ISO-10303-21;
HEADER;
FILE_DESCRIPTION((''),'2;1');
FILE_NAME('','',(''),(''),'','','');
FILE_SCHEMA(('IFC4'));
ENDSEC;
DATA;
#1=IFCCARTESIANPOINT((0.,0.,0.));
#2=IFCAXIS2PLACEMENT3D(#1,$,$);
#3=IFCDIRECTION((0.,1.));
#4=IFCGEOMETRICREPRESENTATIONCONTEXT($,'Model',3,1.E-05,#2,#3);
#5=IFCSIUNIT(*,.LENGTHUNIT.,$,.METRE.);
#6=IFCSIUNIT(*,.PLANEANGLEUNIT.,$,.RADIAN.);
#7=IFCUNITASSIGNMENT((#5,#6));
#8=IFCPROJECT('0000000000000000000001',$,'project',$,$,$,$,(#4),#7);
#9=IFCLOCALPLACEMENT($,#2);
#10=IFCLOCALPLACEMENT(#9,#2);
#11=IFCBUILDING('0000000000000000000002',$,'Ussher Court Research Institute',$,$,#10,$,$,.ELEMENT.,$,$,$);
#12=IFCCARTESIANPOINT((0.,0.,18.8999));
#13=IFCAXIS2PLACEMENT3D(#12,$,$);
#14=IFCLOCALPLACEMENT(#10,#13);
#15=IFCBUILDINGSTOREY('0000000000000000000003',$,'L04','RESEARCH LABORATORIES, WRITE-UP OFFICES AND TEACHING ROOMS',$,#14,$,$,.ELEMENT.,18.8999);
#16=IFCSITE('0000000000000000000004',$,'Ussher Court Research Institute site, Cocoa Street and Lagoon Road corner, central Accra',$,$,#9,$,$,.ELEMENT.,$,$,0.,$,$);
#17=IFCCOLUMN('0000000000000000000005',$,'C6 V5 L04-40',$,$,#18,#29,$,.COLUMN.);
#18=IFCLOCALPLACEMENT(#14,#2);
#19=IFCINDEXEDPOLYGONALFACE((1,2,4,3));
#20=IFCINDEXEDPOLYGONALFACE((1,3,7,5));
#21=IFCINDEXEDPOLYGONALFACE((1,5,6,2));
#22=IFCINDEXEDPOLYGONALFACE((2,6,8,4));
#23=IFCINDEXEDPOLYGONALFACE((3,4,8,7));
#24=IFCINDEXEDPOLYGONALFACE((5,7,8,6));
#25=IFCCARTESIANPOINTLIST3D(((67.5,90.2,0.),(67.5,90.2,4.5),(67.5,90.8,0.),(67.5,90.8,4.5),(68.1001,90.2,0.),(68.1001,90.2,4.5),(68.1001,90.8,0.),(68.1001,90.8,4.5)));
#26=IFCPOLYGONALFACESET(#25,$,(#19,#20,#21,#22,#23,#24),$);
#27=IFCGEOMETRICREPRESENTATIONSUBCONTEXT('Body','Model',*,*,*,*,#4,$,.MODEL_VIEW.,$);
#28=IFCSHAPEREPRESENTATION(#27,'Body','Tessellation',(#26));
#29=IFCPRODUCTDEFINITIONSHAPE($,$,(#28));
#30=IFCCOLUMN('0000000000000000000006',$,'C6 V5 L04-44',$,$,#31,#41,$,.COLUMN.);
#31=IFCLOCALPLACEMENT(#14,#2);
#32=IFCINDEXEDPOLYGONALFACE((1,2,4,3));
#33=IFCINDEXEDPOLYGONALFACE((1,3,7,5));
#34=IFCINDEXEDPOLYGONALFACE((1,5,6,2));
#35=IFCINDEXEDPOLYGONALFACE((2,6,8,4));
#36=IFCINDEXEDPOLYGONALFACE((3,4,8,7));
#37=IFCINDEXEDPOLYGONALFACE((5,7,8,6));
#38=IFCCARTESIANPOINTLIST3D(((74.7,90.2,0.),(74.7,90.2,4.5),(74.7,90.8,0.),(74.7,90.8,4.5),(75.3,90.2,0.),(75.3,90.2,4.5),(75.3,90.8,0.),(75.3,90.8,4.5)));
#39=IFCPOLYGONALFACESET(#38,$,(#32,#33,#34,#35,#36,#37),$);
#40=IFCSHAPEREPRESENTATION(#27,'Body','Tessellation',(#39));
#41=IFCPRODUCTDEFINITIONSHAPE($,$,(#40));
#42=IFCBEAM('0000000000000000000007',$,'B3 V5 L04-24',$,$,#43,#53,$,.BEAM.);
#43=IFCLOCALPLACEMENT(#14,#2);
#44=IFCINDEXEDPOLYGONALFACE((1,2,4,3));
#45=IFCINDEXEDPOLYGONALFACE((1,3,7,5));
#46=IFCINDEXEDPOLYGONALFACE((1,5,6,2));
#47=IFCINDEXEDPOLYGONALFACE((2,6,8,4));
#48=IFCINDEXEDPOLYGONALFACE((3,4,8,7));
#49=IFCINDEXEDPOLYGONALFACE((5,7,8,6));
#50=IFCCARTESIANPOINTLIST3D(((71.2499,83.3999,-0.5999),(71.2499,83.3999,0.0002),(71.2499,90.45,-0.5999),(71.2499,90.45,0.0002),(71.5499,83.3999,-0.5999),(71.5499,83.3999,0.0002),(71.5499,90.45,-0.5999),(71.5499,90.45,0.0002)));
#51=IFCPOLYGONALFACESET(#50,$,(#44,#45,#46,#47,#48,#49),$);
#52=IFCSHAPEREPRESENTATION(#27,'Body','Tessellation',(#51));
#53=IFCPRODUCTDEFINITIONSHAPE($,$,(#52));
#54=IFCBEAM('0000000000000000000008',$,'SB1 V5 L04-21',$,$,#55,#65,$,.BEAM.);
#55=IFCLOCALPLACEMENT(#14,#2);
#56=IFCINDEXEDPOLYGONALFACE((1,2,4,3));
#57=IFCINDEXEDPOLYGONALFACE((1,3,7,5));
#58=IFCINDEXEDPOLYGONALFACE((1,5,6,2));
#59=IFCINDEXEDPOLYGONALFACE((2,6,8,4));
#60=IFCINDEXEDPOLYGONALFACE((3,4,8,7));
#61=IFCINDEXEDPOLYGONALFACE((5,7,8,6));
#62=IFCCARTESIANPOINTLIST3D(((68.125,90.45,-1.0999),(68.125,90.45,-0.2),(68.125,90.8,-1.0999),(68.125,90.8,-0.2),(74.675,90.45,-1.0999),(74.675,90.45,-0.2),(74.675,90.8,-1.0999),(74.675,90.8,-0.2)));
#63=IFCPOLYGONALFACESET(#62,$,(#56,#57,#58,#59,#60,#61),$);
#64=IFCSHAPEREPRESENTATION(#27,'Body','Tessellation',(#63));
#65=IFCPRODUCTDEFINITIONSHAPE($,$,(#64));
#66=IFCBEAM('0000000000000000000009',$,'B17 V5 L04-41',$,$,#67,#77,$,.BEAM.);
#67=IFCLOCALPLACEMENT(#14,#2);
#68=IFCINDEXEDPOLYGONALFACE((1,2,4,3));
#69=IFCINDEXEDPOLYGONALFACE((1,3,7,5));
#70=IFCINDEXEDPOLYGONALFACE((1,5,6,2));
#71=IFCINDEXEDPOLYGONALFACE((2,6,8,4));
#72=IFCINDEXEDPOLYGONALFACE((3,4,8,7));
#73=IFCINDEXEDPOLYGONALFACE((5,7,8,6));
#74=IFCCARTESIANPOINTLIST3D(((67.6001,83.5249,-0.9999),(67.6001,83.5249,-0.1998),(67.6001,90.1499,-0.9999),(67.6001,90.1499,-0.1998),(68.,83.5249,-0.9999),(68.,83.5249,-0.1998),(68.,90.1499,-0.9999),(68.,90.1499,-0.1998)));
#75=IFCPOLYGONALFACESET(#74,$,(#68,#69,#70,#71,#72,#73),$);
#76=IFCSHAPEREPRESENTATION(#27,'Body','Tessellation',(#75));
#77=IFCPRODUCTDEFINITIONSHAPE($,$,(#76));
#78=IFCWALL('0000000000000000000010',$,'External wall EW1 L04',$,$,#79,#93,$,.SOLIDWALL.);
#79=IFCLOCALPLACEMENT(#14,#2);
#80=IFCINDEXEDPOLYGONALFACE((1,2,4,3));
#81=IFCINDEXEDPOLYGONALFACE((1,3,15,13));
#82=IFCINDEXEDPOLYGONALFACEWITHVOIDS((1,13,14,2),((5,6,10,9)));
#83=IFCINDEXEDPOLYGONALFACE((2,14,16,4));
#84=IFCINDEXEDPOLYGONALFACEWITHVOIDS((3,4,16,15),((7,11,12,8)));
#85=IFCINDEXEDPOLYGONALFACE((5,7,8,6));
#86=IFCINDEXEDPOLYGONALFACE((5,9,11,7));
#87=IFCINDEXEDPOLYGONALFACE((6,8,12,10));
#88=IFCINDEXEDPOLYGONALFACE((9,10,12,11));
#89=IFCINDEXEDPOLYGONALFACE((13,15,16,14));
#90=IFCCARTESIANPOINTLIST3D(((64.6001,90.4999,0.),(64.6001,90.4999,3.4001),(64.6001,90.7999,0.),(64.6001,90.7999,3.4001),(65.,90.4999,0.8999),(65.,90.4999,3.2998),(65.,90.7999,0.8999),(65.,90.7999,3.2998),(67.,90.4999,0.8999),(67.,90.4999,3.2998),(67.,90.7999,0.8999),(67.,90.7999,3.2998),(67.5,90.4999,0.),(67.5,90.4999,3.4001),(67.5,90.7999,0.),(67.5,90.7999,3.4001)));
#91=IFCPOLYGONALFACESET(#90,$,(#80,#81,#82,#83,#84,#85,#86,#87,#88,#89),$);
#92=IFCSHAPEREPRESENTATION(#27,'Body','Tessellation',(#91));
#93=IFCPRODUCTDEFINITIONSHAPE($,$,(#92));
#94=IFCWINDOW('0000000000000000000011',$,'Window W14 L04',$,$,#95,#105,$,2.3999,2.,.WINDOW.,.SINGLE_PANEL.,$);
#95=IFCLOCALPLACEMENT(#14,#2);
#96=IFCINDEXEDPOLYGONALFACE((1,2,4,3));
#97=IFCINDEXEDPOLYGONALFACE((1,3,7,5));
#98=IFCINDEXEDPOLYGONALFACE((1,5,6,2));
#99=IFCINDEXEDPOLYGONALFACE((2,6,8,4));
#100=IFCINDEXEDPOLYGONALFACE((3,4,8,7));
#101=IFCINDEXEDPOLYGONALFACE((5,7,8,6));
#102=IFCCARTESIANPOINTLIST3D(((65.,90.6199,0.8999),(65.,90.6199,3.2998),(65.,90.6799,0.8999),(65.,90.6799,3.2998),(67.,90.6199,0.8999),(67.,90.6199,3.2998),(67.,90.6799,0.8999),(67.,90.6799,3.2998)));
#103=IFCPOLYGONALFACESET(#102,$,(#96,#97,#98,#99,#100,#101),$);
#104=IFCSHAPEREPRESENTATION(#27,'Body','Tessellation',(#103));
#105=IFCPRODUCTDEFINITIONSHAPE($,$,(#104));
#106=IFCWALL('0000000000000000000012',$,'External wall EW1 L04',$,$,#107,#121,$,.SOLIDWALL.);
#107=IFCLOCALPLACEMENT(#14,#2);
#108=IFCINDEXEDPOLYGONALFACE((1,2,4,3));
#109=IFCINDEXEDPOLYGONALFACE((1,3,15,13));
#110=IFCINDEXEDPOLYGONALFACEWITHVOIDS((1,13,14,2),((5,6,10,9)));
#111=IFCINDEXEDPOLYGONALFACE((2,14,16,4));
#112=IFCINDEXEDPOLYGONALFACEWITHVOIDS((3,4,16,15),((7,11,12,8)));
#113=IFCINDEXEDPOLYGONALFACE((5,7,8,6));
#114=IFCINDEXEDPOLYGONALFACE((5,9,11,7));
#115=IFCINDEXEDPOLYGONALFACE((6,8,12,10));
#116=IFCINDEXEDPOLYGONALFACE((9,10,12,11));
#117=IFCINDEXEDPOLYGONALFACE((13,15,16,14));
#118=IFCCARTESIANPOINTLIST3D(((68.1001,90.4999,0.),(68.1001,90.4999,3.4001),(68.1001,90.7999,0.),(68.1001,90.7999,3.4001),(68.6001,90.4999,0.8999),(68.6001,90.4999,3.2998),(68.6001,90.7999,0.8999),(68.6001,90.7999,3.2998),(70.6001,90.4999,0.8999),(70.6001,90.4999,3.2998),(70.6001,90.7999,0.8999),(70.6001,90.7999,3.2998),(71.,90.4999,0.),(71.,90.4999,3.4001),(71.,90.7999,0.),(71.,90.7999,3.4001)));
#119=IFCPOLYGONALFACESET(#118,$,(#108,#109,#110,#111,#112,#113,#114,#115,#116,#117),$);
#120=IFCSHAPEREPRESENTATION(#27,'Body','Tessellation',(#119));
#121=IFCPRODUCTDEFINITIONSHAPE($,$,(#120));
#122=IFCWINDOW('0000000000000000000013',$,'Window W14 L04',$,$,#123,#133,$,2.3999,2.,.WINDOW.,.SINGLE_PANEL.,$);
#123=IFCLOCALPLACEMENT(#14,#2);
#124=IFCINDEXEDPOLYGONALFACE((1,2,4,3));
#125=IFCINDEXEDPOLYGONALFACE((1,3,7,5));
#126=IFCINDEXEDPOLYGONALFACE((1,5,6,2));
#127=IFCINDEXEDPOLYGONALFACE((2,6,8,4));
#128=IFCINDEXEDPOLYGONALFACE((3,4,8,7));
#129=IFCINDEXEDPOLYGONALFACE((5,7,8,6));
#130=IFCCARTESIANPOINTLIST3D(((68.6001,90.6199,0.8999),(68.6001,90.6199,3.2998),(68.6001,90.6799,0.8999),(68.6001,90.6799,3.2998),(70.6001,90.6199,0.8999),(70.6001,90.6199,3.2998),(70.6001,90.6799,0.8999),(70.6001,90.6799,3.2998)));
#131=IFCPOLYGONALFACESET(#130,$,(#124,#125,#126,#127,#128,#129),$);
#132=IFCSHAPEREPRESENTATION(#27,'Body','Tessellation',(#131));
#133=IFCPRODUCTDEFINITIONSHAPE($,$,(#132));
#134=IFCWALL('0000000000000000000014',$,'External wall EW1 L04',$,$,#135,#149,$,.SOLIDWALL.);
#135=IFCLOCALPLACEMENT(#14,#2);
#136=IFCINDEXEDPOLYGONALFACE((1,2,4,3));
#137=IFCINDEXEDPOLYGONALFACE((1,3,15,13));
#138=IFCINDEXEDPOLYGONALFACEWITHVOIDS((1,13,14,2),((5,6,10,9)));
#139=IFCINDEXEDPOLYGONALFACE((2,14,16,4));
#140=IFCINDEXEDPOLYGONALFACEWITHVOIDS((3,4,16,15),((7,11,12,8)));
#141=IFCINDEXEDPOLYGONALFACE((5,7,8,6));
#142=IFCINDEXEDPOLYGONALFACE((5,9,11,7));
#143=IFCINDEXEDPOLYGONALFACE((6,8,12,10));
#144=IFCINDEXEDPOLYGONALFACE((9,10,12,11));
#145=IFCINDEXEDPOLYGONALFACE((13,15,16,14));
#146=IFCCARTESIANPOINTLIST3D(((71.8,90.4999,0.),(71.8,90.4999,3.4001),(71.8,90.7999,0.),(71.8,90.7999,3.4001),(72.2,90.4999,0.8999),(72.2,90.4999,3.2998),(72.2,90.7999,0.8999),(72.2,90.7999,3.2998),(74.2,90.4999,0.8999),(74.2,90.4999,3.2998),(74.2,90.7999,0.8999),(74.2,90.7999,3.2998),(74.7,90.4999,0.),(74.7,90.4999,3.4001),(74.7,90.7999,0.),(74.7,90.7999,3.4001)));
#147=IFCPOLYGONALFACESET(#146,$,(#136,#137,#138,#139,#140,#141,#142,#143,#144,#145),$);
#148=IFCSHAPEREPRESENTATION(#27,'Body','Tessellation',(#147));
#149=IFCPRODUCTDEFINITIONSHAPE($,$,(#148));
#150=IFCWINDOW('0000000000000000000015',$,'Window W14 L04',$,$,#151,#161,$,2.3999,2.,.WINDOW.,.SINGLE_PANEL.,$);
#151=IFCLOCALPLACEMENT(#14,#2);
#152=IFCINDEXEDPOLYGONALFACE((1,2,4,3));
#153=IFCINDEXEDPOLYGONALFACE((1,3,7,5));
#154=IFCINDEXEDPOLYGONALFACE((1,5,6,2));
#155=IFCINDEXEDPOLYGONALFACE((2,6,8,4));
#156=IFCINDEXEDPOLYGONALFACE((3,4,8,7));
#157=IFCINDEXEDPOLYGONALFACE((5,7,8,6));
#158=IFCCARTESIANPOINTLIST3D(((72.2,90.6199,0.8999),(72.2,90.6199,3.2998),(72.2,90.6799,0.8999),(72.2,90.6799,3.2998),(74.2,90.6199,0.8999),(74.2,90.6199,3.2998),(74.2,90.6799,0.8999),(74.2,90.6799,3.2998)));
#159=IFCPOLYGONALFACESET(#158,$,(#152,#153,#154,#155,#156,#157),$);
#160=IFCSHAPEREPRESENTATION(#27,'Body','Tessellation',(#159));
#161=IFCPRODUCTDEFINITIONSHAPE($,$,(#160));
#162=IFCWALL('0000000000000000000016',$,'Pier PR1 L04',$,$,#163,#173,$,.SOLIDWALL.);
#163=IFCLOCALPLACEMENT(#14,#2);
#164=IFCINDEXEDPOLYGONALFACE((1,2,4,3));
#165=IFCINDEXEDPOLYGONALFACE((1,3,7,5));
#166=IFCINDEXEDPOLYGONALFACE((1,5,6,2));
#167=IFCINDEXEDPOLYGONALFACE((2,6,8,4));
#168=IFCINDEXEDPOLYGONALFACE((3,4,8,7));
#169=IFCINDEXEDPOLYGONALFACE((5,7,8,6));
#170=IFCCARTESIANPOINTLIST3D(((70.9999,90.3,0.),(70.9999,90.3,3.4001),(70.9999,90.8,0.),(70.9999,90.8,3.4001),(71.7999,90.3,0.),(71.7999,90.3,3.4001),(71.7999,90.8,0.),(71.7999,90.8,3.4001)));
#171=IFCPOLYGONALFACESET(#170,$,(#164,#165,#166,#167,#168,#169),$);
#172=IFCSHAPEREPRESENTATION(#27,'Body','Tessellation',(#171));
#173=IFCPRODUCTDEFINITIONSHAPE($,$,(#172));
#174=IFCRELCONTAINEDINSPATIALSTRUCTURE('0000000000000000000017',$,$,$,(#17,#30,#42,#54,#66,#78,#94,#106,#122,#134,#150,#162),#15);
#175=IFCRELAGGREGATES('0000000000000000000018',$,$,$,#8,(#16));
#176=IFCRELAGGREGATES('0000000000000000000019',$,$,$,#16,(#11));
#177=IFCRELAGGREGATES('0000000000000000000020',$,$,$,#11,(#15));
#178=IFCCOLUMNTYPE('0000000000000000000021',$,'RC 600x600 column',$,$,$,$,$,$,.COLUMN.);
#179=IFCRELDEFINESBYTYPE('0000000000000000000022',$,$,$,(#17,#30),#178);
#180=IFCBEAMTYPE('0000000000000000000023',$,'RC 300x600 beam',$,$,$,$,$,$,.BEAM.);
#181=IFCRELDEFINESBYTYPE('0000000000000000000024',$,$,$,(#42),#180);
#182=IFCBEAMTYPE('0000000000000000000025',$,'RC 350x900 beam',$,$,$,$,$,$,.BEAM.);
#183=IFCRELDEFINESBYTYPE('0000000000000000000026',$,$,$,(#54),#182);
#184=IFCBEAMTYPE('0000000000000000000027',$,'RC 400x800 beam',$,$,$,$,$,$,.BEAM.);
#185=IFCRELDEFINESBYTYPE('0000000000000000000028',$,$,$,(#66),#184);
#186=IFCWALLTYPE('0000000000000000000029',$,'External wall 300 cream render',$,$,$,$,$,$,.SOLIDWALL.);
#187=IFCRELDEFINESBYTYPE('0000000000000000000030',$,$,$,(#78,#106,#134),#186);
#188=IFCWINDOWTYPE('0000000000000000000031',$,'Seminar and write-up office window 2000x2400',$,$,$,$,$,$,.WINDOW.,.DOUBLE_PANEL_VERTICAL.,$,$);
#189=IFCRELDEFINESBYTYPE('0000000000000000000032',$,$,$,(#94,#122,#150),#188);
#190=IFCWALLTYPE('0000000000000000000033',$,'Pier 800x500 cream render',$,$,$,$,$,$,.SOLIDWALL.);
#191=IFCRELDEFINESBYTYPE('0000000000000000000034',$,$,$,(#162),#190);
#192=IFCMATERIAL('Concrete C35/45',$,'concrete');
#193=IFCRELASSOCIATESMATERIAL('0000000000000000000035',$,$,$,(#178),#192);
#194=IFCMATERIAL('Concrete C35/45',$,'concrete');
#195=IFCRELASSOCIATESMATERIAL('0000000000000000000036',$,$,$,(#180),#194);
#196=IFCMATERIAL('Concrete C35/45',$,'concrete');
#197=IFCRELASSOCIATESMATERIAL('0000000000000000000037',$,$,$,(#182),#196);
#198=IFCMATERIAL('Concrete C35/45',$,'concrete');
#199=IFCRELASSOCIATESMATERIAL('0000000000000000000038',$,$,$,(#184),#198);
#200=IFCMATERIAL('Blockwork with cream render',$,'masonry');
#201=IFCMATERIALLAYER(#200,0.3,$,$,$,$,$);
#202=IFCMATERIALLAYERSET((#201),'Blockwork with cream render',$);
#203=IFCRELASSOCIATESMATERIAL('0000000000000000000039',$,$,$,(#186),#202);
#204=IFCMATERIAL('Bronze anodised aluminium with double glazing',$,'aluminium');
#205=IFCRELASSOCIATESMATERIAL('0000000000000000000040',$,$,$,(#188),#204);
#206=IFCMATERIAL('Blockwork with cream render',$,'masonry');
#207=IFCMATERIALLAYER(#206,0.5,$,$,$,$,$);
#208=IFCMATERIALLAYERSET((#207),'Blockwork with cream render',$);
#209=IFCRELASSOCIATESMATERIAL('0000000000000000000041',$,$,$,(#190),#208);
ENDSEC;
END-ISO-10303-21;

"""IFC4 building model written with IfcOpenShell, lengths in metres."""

from ifc_helpers import new_model, si_unit, direction, frame, frame_2d, origin, origin_2d, place, context, subcontext, project, spatial, rectangle, extrude, material, layer, layer_set, material_profile, profile_set, type_object, element, fill, save


model = new_model("IFC4")

# Units and contexts
model_context = context("Model", 3, precision=1e-05, world=origin(), true_north=direction((0.0, 1.0)))
body_context = subcontext(model_context, "Body", "Model", "MODEL_VIEW")
ifc_project = project(units=[si_unit("LENGTHUNIT", "METRE"), si_unit("PLANEANGLEUNIT", "RADIAN")], contexts=[model_context])

# Site, building, storey
site_placement = place(None, origin())
site = spatial("IfcSite", under=ifc_project, at=site_placement, Name="Ussher Court Research Institute site, Cocoa Street and Lagoon Road corner, central Accra", CompositionType="ELEMENT", RefElevation=0.0)
building_placement = place(site_placement, origin())
building = spatial("IfcBuilding", under=site, at=building_placement, Name="Ussher Court Research Institute", CompositionType="ELEMENT")
storey_placement = place(building_placement, frame((0.0, 0.0, 18.8999)))
storey = spatial("IfcBuildingStorey", under=building, at=storey_placement, Name="L04", Description="RESEARCH LABORATORIES, WRITE-UP OFFICES AND TEACHING ROOMS", CompositionType="ELEMENT", Elevation=18.8999)

# Columns
ifc_material_1 = material(Name="Concrete C35/45", Category="concrete")
ifc_material_profile_1 = material_profile(ifc_material_1, rectangle(XDim=0.6001, YDim=0.6001, at=origin_2d()), Name="RC 600x600")
ifc_profile_set_1 = profile_set([ifc_material_profile_1], Name="Concrete C35/45")
column_type = type_object("IfcColumnType", Name="RC 600x600 column", PredefinedType="COLUMN", material=ifc_profile_set_1)
for number, where, z_axis, x_axis, name in (
    (1, (67.8, 90.5, 0.0), (0.0, 0.0, 1.0), (1.0, 0.0, 0.0), "C6 V5 L04-40"),
    (2, (75.0, 90.5, 0.0), (0.0, 0.0, 1.0), (1.0, 0.0, 0.0), "C6 V5 L04-44"),
):
    element("IfcColumn", number, at=place(storey_placement, frame(where, z_axis=z_axis, x_axis=x_axis)), inside=storey, type_object=column_type, Name=name, PredefinedType="COLUMN", context=body_context, shape_type="SweptSolid", body=[
        extrude(rectangle(XDim=0.6001, YDim=0.6001, at=origin_2d()), origin(), (0.0, 0.0, 1.0), 4.5),
    ])

# Beams
ifc_material_2 = material(Name="Concrete C35/45", Category="concrete")
ifc_material_profile_2 = material_profile(ifc_material_2, rectangle(XDim=0.3, YDim=0.6001, at=origin_2d()), Name="RC 300x600")
ifc_profile_set_2 = profile_set([ifc_material_profile_2], Name="Concrete C35/45")
beam_type_1 = type_object("IfcBeamType", Name="RC 300x600 beam", PredefinedType="BEAM", material=ifc_profile_set_2)
beam_1_placement = place(storey_placement, frame((71.3999, 83.3999, -0.2998), z_axis=(0.0, 1.0, 0.0), x_axis=(-1.0, 0.0, 0.0)))
element("IfcBeam", 3, at=beam_1_placement, inside=storey, type_object=beam_type_1, Name="B3 V5 L04-24", PredefinedType="BEAM", context=body_context, shape_type="SweptSolid", body=[
    extrude(rectangle(XDim=0.3, YDim=0.6001, at=origin_2d()), origin(), (0.0, 0.0, 1.0), 7.05),
])
ifc_material_3 = material(Name="Concrete C35/45", Category="concrete")
ifc_material_profile_3 = material_profile(ifc_material_3, rectangle(XDim=0.3501, YDim=0.8999, at=origin_2d()), Name="RC 350x900")
ifc_profile_set_3 = profile_set([ifc_material_profile_3], Name="Concrete C35/45")
beam_type_2 = type_object("IfcBeamType", Name="RC 350x900 beam", PredefinedType="BEAM", material=ifc_profile_set_3)
beam_2_placement = place(storey_placement, frame((68.125, 90.625, -0.6499), z_axis=(1.0, 0.0, 0.0), x_axis=(0.0, 1.0, 0.0)))
element("IfcBeam", 4, at=beam_2_placement, inside=storey, type_object=beam_type_2, Name="SB1 V5 L04-21", PredefinedType="BEAM", context=body_context, shape_type="SweptSolid", body=[
    extrude(rectangle(XDim=0.3501, YDim=0.8999, at=origin_2d()), origin(), (0.0, 0.0, 1.0), 6.55),
])
ifc_material_4 = material(Name="Concrete C35/45", Category="concrete")
ifc_material_profile_4 = material_profile(ifc_material_4, rectangle(XDim=0.3999, YDim=0.8, at=origin_2d()), Name="RC 400x800")
ifc_profile_set_4 = profile_set([ifc_material_profile_4], Name="Concrete C35/45")
beam_type_3 = type_object("IfcBeamType", Name="RC 400x800 beam", PredefinedType="BEAM", material=ifc_profile_set_4)
beam_3_placement = place(storey_placement, frame((67.8, 83.5249, -0.5999), z_axis=(0.0, 1.0, 0.0), x_axis=(-1.0, 0.0, 0.0)))
element("IfcBeam", 5, at=beam_3_placement, inside=storey, type_object=beam_type_3, Name="B17 V5 L04-41", PredefinedType="BEAM", context=body_context, shape_type="SweptSolid", body=[
    extrude(rectangle(XDim=0.3999, YDim=0.8, at=origin_2d()), origin(), (0.0, 0.0, 1.0), 6.625),
])

# Walls, openings, windows
ifc_material_5 = material(Name="Blockwork with cream render", Category="masonry")
ifc_layer_1 = layer(ifc_material_5, 0.3)
ifc_layer_set_1 = layer_set([ifc_layer_1], Name="Blockwork with cream render")
wall_type_1 = type_object("IfcWallType", Name="External wall 300 cream render", PredefinedType="SOLIDWALL", material=ifc_layer_set_1)
wall_1_placement = place(storey_placement, frame((64.6001, 90.6499, 0.0), z_axis=(0.0, 0.0, 1.0), x_axis=(1.0, 0.0, 0.0)))
wall_1 = element("IfcWall", 6, at=wall_1_placement, inside=storey, type_object=wall_type_1, Name="External wall EW1 L04", PredefinedType="SOLIDWALL", context=body_context, shape_type="SweptSolid", body=[
    extrude(rectangle(XDim=2.8999, YDim=0.3, at=frame_2d((1.45, 0.0))), origin(), (0.0, 0.0, 1.0), 3.4001),
])
opening_1_placement = place(wall_1_placement, frame((0.3999, 0.0, 0.8999)))
opening_1 = element("IfcOpeningElement", 7, at=opening_1_placement, cuts=wall_1, PredefinedType="OPENING", context=body_context, shape_type="SweptSolid", body=[
    extrude(rectangle(XDim=2.0, YDim=2.3999, at=frame_2d((1.0, 1.2))), frame((0.0, 0.1602, 0.0), z_axis=(0.0, -1.0, 0.0), x_axis=(1.0, 0.0, 0.0)), (0.0, 0.0, 1.0), 0.3201),
])
ifc_material_6 = material(Name="Bronze anodised aluminium with double glazing", Category="aluminium")
window_type = type_object("IfcWindowType", Name="Seminar and write-up office window 2000x2400", PartitioningType="DOUBLE_PANEL_VERTICAL", PredefinedType="WINDOW", material=ifc_material_6)
window_1_placement = place(opening_1_placement, origin())
window_1 = element("IfcWindow", 8, at=window_1_placement, inside=storey, type_object=window_type, Name="Window W14 L04", OverallHeight=2.3999, OverallWidth=2.0, PartitioningType="SINGLE_PANEL", PredefinedType="WINDOW", context=body_context, shape_type="SweptSolid", body=[
    extrude(rectangle(XDim=2.0, YDim=2.3999, at=frame_2d((1.0, 1.2))), frame((0.0, 0.03, 0.0), z_axis=(0.0, -1.0, 0.0), x_axis=(1.0, 0.0, 0.0)), (0.0, 0.0, 1.0), 0.0601),
])
fill(opening_1, window_1)
wall_2_placement = place(storey_placement, frame((68.1001, 90.6499, 0.0), z_axis=(0.0, 0.0, 1.0), x_axis=(1.0, 0.0, 0.0)))
wall_2 = element("IfcWall", 9, at=wall_2_placement, inside=storey, type_object=wall_type_1, Name="External wall EW1 L04", PredefinedType="SOLIDWALL", context=body_context, shape_type="SweptSolid", body=[
    extrude(rectangle(XDim=2.8999, YDim=0.3, at=frame_2d((1.45, 0.0))), origin(), (0.0, 0.0, 1.0), 3.4001),
])
opening_2_placement = place(wall_2_placement, frame((0.5, 0.0, 0.8999)))
opening_2 = element("IfcOpeningElement", 10, at=opening_2_placement, cuts=wall_2, PredefinedType="OPENING", context=body_context, shape_type="SweptSolid", body=[
    extrude(rectangle(XDim=2.0, YDim=2.3999, at=frame_2d((1.0, 1.2))), frame((0.0, 0.1602, 0.0), z_axis=(0.0, -1.0, 0.0), x_axis=(1.0, 0.0, 0.0)), (0.0, 0.0, 1.0), 0.3201),
])
window_2_placement = place(opening_2_placement, origin())
window_2 = element("IfcWindow", 11, at=window_2_placement, inside=storey, type_object=window_type, Name="Window W14 L04", OverallHeight=2.3999, OverallWidth=2.0, PartitioningType="SINGLE_PANEL", PredefinedType="WINDOW", context=body_context, shape_type="SweptSolid", body=[
    extrude(rectangle(XDim=2.0, YDim=2.3999, at=frame_2d((1.0, 1.2))), frame((0.0, 0.03, 0.0), z_axis=(0.0, -1.0, 0.0), x_axis=(1.0, 0.0, 0.0)), (0.0, 0.0, 1.0), 0.0601),
])
fill(opening_2, window_2)
wall_3_placement = place(storey_placement, frame((71.8, 90.6499, 0.0), z_axis=(0.0, 0.0, 1.0), x_axis=(1.0, 0.0, 0.0)))
wall_3 = element("IfcWall", 12, at=wall_3_placement, inside=storey, type_object=wall_type_1, Name="External wall EW1 L04", PredefinedType="SOLIDWALL", context=body_context, shape_type="SweptSolid", body=[
    extrude(rectangle(XDim=2.8999, YDim=0.3, at=frame_2d((1.45, 0.0))), origin(), (0.0, 0.0, 1.0), 3.4001),
])
opening_3_placement = place(wall_3_placement, frame((0.3999, 0.0, 0.8999)))
opening_3 = element("IfcOpeningElement", 13, at=opening_3_placement, cuts=wall_3, PredefinedType="OPENING", context=body_context, shape_type="SweptSolid", body=[
    extrude(rectangle(XDim=2.0, YDim=2.3999, at=frame_2d((1.0, 1.2))), frame((0.0, 0.1602, 0.0), z_axis=(0.0, -1.0, 0.0), x_axis=(1.0, 0.0, 0.0)), (0.0, 0.0, 1.0), 0.3201),
])
window_3_placement = place(opening_3_placement, origin())
window_3 = element("IfcWindow", 14, at=window_3_placement, inside=storey, type_object=window_type, Name="Window W14 L04", OverallHeight=2.3999, OverallWidth=2.0, PartitioningType="SINGLE_PANEL", PredefinedType="WINDOW", context=body_context, shape_type="SweptSolid", body=[
    extrude(rectangle(XDim=2.0, YDim=2.3999, at=frame_2d((1.0, 1.2))), frame((0.0, 0.03, 0.0), z_axis=(0.0, -1.0, 0.0), x_axis=(1.0, 0.0, 0.0)), (0.0, 0.0, 1.0), 0.0601),
])
fill(opening_3, window_3)

# Wall
ifc_material_7 = material(Name="Blockwork with cream render", Category="masonry")
ifc_layer_2 = layer(ifc_material_7, 0.5)
ifc_layer_set_2 = layer_set([ifc_layer_2], Name="Blockwork with cream render")
wall_type_2 = type_object("IfcWallType", Name="Pier 800x500 cream render", PredefinedType="SOLIDWALL", material=ifc_layer_set_2)
wall_4_placement = place(storey_placement, frame((71.0, 90.55, 0.0), z_axis=(0.0, 0.0, 1.0), x_axis=(1.0, 0.0, 0.0)))
element("IfcWall", 15, at=wall_4_placement, inside=storey, type_object=wall_type_2, Name="Pier PR1 L04", PredefinedType="SOLIDWALL", context=body_context, shape_type="SweptSolid", body=[
    extrude(rectangle(XDim=0.8, YDim=0.5, at=frame_2d((0.3999, 0.0))), origin(), (0.0, 0.0, 1.0), 3.4001),
])

save(model, "model.ifc")
